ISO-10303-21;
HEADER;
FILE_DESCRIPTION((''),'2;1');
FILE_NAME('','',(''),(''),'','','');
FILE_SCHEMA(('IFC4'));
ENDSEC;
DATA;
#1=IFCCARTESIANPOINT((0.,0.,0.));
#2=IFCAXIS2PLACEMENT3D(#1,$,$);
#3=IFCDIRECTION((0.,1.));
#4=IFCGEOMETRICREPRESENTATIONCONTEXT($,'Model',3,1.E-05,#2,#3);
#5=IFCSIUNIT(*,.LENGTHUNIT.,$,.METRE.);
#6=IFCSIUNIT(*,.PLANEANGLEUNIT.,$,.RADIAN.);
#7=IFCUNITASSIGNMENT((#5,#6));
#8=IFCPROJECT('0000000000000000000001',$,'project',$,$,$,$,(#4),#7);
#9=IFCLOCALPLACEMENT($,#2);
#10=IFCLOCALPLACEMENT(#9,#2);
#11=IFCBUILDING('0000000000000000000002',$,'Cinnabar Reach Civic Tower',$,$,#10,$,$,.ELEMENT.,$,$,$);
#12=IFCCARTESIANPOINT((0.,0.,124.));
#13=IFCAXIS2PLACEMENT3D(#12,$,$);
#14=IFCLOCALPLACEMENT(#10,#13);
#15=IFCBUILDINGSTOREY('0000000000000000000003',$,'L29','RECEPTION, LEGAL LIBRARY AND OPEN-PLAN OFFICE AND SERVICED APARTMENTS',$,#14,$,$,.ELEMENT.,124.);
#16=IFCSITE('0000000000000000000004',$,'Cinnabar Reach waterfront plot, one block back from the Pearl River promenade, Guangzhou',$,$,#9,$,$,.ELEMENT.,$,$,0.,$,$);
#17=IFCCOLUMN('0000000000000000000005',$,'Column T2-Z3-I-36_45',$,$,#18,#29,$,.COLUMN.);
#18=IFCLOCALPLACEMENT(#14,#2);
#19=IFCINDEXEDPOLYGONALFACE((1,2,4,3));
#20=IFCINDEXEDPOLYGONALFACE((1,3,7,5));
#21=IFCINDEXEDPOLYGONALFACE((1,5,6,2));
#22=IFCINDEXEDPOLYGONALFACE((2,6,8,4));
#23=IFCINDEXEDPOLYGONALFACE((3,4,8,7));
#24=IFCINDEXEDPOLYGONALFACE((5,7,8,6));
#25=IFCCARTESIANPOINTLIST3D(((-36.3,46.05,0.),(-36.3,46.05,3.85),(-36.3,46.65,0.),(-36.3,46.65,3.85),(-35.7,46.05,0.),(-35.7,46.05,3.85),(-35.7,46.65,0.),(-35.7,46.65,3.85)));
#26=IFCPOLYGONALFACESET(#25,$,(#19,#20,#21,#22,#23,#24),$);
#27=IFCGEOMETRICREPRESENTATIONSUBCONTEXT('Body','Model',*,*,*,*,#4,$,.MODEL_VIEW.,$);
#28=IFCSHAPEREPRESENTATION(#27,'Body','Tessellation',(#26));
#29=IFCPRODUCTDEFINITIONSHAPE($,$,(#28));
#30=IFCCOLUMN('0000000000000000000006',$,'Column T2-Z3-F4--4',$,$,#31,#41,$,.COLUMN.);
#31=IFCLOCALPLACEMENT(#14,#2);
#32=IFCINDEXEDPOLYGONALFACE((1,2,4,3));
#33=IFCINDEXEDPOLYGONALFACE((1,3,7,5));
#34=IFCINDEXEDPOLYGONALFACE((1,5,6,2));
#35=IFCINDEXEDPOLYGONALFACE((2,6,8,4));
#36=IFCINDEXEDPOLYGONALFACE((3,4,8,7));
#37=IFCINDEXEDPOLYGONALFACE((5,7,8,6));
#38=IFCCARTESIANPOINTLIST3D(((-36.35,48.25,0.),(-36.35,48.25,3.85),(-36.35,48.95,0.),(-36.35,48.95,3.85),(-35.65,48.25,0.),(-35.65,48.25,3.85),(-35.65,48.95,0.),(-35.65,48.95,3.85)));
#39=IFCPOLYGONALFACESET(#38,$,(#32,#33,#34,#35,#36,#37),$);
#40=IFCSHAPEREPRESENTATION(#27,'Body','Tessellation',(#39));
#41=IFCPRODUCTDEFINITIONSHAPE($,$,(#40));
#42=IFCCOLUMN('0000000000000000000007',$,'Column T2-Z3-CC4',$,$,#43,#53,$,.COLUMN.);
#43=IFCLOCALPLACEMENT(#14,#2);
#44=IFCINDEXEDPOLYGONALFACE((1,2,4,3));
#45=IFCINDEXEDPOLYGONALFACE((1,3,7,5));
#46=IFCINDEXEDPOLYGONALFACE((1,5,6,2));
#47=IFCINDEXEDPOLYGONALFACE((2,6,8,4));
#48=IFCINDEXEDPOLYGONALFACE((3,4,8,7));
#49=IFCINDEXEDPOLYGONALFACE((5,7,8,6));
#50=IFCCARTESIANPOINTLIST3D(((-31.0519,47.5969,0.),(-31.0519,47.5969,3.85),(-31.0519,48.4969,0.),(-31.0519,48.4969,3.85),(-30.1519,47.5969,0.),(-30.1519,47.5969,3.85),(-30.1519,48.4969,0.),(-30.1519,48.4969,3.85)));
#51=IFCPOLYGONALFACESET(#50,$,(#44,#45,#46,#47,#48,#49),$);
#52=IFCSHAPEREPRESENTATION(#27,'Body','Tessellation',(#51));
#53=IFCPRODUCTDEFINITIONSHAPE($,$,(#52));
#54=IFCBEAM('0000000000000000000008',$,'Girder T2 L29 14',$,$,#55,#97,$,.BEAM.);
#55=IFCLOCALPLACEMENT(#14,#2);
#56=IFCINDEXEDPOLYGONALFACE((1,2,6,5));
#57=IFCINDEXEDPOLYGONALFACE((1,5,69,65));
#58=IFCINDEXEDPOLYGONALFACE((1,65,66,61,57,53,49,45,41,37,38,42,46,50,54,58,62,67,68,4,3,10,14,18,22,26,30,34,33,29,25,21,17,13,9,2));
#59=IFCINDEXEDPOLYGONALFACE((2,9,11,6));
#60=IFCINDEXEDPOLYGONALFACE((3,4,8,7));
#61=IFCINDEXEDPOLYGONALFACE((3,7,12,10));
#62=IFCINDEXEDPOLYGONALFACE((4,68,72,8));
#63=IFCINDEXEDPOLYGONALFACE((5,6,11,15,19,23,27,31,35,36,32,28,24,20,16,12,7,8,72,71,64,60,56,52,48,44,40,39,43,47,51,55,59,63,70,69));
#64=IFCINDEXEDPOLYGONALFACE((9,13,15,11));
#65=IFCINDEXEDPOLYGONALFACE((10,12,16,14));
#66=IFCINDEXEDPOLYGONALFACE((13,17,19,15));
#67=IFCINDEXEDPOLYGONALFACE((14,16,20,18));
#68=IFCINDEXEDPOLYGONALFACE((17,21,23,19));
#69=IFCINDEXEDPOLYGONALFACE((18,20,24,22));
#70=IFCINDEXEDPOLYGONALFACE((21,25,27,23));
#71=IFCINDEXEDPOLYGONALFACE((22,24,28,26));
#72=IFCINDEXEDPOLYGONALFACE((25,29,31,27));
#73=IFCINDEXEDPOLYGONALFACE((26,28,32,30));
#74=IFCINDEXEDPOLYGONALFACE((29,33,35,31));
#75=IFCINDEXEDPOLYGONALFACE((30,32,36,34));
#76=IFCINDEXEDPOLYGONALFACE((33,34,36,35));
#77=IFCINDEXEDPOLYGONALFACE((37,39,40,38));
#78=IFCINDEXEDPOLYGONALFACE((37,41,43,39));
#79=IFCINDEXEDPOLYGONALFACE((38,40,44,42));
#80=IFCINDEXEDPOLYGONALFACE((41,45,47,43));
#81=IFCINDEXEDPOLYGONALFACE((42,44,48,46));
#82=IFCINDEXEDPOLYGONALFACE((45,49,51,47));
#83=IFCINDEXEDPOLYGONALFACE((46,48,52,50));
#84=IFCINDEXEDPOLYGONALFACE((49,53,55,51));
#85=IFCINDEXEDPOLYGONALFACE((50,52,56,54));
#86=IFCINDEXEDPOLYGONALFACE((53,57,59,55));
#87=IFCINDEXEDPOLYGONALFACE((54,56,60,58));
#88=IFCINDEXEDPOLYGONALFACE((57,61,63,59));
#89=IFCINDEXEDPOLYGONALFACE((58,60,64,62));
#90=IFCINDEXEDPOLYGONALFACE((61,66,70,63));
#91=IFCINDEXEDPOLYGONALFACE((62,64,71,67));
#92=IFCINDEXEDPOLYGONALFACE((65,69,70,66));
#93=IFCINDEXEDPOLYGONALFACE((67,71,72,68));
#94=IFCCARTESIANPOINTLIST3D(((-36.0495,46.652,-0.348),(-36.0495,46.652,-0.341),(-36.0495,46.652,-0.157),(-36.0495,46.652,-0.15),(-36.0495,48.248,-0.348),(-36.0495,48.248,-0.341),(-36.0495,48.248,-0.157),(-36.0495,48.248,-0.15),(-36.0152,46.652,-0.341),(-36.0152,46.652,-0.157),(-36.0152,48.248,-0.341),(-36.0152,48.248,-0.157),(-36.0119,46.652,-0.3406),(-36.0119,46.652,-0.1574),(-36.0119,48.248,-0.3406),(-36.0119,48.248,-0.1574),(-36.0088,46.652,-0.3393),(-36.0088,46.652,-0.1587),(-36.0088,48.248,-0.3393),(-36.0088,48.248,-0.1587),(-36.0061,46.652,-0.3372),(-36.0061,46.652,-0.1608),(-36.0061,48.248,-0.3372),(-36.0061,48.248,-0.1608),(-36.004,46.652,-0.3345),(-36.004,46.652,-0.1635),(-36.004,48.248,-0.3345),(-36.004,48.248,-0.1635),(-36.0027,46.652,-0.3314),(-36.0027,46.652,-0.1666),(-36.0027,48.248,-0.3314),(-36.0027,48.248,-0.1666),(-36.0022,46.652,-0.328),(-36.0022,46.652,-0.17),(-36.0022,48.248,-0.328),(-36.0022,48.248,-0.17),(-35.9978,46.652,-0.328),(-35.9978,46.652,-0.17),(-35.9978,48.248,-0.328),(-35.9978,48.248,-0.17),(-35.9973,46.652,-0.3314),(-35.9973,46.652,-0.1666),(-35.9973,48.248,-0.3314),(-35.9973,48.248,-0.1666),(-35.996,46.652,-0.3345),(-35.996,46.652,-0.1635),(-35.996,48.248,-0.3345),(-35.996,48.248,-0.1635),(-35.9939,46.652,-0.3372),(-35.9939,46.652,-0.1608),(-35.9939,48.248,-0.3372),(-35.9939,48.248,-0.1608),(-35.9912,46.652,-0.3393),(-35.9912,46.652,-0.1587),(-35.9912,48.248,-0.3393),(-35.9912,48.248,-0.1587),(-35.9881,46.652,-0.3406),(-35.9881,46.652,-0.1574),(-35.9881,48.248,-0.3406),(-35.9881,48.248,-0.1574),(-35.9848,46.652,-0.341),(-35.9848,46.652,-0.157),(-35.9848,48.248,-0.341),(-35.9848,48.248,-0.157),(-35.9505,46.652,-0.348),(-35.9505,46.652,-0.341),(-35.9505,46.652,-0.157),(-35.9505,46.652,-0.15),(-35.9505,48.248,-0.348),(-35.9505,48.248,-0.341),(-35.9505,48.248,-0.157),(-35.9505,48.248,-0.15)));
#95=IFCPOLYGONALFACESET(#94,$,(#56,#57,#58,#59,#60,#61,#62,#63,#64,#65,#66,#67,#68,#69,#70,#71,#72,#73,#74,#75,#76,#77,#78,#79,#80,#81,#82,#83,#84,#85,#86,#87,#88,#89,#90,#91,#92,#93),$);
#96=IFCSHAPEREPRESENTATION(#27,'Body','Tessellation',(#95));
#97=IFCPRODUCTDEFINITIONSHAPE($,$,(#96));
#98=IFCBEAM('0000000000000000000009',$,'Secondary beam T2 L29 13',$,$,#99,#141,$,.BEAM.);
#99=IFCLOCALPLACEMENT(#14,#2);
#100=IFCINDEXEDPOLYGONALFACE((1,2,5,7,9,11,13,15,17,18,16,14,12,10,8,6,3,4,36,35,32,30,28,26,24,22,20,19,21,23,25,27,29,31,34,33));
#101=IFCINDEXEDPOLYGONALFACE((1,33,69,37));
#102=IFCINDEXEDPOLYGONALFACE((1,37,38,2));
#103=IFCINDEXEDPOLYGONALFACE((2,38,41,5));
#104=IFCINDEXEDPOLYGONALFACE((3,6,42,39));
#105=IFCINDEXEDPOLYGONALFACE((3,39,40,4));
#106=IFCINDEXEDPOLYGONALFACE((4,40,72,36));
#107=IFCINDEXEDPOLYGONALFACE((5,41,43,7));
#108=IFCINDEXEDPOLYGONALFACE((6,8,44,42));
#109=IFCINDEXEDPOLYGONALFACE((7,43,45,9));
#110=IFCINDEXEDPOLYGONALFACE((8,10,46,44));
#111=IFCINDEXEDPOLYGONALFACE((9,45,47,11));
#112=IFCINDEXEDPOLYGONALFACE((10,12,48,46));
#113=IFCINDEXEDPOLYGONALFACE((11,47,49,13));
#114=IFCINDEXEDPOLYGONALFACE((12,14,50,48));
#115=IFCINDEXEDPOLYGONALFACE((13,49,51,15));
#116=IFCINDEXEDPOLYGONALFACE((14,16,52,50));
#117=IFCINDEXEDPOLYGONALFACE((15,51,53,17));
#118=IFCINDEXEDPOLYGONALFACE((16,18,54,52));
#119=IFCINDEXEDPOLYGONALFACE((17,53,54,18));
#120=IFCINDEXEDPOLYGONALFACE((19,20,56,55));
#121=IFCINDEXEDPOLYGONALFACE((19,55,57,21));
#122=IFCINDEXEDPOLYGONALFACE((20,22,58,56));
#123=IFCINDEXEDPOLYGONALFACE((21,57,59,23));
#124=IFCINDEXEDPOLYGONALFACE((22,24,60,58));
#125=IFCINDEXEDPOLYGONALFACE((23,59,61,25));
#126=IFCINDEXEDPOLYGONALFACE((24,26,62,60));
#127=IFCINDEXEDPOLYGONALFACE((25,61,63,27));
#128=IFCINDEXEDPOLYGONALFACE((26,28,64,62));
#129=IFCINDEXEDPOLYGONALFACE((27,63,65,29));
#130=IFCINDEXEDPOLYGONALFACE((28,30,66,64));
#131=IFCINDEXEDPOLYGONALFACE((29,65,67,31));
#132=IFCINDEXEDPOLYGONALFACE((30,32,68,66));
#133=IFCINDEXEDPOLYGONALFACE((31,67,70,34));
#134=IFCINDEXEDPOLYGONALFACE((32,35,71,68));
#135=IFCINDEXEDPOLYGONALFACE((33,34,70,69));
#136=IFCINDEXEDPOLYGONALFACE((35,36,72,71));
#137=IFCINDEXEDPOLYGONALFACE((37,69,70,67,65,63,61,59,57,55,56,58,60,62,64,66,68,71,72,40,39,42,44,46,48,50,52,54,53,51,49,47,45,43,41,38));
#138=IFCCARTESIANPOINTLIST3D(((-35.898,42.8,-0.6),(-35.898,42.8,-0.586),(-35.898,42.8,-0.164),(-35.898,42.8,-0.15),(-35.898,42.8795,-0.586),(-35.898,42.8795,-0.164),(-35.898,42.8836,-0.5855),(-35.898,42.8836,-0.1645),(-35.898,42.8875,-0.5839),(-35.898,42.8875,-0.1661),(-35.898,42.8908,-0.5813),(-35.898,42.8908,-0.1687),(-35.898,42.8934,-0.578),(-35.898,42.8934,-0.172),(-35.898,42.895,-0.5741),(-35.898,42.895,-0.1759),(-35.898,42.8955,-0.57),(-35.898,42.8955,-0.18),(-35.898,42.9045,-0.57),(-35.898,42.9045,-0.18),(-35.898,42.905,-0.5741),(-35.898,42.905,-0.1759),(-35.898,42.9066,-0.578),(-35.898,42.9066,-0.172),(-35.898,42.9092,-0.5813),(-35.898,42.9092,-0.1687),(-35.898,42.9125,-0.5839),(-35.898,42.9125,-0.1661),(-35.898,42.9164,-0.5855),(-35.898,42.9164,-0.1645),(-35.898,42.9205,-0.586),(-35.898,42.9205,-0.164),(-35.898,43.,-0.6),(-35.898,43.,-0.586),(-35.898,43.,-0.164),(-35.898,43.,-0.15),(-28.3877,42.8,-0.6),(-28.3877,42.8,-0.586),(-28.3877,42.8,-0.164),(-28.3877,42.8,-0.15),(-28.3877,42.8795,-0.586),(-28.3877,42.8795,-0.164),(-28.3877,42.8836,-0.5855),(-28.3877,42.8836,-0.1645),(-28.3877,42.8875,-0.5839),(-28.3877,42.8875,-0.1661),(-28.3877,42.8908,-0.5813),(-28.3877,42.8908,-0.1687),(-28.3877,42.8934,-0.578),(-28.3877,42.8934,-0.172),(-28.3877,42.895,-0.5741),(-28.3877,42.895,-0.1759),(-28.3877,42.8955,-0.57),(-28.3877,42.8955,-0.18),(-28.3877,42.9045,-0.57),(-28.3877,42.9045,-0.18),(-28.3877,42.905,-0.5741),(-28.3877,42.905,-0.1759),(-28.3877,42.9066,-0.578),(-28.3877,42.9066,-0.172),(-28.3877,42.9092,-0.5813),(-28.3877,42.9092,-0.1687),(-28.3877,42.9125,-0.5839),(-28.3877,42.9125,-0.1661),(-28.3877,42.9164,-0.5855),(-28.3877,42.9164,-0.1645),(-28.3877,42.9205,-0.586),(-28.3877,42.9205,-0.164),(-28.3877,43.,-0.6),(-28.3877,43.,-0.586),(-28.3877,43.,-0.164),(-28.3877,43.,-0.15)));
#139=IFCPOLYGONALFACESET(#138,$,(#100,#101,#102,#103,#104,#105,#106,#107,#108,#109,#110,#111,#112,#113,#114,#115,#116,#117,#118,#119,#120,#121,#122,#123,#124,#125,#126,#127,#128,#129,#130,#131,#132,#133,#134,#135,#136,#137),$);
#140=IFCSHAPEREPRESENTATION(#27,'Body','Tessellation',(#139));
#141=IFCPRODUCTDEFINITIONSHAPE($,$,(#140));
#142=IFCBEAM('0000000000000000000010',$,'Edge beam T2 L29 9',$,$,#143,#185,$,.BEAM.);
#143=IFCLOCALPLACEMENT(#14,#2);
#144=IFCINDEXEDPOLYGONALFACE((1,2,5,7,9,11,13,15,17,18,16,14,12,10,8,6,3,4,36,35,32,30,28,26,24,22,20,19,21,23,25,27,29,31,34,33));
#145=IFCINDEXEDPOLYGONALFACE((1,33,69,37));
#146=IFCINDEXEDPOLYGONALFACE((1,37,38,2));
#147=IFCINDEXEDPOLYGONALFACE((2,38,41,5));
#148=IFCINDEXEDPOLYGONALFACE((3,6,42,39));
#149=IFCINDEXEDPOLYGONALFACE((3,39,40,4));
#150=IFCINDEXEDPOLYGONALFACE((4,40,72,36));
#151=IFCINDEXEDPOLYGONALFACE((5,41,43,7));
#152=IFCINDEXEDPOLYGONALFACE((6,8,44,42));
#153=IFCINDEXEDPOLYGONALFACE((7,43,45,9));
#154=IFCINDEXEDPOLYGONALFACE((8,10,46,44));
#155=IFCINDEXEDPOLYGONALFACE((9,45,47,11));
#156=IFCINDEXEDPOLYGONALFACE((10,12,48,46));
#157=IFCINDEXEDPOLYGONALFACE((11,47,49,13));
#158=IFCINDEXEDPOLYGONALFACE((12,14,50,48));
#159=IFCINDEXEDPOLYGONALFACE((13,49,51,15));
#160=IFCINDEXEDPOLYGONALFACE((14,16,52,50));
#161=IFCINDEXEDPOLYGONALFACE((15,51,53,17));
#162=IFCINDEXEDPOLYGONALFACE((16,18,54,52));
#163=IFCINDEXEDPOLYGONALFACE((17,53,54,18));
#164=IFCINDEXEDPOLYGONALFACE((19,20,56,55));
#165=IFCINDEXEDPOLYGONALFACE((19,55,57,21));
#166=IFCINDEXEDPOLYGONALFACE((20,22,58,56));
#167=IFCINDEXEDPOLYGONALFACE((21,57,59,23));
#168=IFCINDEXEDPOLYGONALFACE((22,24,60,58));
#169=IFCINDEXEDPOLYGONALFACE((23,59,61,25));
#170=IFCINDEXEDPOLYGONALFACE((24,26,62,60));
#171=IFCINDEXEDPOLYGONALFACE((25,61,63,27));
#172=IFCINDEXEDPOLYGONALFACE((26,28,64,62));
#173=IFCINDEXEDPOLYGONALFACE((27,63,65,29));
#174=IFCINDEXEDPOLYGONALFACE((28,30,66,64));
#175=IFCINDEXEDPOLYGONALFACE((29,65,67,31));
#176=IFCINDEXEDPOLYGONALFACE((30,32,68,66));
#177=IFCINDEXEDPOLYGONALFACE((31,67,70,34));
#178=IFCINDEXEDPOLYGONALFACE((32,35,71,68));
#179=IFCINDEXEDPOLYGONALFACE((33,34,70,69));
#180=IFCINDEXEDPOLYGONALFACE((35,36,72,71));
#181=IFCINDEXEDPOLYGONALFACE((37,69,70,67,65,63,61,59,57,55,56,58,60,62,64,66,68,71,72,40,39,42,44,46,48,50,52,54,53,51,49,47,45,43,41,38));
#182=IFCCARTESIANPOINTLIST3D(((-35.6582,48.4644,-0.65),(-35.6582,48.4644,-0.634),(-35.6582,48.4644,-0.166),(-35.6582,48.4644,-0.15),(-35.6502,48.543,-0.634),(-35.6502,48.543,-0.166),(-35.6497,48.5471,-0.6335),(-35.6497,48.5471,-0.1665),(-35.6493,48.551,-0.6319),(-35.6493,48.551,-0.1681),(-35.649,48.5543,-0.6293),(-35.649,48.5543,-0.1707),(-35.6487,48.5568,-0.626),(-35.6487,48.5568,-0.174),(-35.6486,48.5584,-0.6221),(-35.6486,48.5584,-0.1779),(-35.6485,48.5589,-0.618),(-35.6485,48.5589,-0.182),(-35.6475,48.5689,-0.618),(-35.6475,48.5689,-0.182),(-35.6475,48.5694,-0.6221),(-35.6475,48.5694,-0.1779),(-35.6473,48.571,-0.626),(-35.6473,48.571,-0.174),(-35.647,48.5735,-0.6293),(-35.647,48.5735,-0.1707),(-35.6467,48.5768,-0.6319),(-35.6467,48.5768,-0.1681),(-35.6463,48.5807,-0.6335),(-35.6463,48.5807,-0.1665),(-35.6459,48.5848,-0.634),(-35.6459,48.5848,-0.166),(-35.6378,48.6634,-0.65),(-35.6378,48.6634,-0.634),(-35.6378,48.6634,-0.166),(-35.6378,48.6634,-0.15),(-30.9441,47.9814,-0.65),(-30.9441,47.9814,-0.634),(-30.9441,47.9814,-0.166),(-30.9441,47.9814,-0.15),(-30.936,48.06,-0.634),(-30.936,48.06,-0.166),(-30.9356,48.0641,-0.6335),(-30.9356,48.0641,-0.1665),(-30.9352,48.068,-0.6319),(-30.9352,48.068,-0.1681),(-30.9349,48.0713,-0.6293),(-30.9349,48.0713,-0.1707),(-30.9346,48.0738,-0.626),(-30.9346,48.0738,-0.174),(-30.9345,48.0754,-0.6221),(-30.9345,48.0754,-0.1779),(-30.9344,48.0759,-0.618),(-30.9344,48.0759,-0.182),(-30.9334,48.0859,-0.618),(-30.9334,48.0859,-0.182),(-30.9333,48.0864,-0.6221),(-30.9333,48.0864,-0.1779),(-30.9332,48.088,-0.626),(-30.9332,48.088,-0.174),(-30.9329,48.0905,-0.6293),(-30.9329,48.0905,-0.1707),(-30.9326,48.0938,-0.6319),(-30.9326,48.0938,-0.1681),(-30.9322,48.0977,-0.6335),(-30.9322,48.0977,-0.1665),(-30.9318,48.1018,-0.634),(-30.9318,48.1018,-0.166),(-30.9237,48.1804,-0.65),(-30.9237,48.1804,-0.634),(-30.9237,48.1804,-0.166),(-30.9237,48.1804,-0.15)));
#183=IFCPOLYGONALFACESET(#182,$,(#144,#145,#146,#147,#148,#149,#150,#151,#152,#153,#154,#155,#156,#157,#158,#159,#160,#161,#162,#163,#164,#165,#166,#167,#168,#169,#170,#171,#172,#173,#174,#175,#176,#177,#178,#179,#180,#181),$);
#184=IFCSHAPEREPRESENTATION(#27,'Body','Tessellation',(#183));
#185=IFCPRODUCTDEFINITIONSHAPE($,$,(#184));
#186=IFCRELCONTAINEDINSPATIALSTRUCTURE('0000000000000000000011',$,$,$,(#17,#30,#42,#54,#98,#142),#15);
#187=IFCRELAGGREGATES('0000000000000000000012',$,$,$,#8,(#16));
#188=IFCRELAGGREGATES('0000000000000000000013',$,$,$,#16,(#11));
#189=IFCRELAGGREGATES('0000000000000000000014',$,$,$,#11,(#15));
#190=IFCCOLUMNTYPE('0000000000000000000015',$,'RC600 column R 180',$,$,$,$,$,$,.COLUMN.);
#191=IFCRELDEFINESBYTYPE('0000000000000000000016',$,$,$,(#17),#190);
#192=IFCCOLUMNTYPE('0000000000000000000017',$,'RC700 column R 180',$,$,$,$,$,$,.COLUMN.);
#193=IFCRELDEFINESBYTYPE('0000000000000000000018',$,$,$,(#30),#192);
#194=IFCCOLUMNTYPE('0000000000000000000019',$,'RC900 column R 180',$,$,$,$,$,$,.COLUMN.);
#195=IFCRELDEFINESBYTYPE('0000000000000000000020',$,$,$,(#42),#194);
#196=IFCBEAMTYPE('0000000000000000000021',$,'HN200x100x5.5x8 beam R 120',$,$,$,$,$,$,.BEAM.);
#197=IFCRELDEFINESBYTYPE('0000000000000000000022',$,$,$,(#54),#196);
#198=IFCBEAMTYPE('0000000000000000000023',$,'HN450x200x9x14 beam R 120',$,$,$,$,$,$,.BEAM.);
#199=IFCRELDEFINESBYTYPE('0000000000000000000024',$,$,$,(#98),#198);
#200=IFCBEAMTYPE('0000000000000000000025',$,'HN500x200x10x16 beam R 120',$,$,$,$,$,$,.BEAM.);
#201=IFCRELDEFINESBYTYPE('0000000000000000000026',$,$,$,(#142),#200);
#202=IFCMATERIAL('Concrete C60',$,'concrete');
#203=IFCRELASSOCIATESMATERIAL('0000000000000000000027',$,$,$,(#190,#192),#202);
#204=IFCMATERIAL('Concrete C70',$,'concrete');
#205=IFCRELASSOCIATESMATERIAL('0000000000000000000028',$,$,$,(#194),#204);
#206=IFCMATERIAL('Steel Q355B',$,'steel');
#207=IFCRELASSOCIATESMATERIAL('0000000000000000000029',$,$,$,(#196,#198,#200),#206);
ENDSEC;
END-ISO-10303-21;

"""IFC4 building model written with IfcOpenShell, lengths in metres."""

from ifc_helpers import new_model, si_unit, direction, frame, origin, origin_2d, place, context, subcontext, project, spatial, rectangle, i_section, extrude, material, material_profile, profile_set, type_object, element, save


model = new_model("IFC4")

# Units and contexts
model_context = context("Model", 3, precision=1e-05, world=origin(), true_north=direction((0.0, 1.0)))
body_context = subcontext(model_context, "Body", "Model", "MODEL_VIEW")
ifc_project = project(units=[si_unit("LENGTHUNIT", "METRE"), si_unit("PLANEANGLEUNIT", "RADIAN")], contexts=[model_context])

# Site, building, storey
site_placement = place(None, origin())
site = spatial("IfcSite", under=ifc_project, at=site_placement, Name="Cinnabar Reach waterfront plot, one block back from the Pearl River promenade, Guangzhou", CompositionType="ELEMENT", RefElevation=0.0)
building_placement = place(site_placement, origin())
building = spatial("IfcBuilding", under=site, at=building_placement, Name="Cinnabar Reach Civic Tower", CompositionType="ELEMENT")
storey_placement = place(building_placement, frame((0.0, 0.0, 124.0)))
storey = spatial("IfcBuildingStorey", under=building, at=storey_placement, Name="L29", Description="RECEPTION, LEGAL LIBRARY AND OPEN-PLAN OFFICE AND SERVICED APARTMENTS", CompositionType="ELEMENT", Elevation=124.0)

# Columns
ifc_material_1 = material(Name="Concrete C60", Category="concrete")
ifc_material_profile_1 = material_profile(ifc_material_1, rectangle(XDim=0.6, YDim=0.6, at=origin_2d()), Name="RC600")
ifc_profile_set_1 = profile_set([ifc_material_profile_1], Name="Concrete C60")
column_type_1 = type_object("IfcColumnType", Name="RC600 column R 180", PredefinedType="COLUMN", material=ifc_profile_set_1)
column_1_placement = place(storey_placement, frame((-36.0, 46.35, 0.0), z_axis=(0.0, 0.0, 1.0), x_axis=(1.0, 0.0, 0.0)))
element("IfcColumn", 1, at=column_1_placement, inside=storey, type_object=column_type_1, Name="Column T2-Z3-I-36_45", PredefinedType="COLUMN", context=body_context, shape_type="SweptSolid", body=[
    extrude(rectangle(XDim=0.6, YDim=0.6, at=origin_2d()), origin(), (0.0, 0.0, 1.0), 3.85),
])
ifc_material_profile_2 = material_profile(ifc_material_1, rectangle(XDim=0.7, YDim=0.7, at=origin_2d()), Name="RC700")
ifc_profile_set_2 = profile_set([ifc_material_profile_2], Name="Concrete C60")
column_type_2 = type_object("IfcColumnType", Name="RC700 column R 180", PredefinedType="COLUMN", material=ifc_profile_set_2)
column_2_placement = place(storey_placement, frame((-36.0, 48.6, 0.0), z_axis=(0.0, 0.0, 1.0), x_axis=(1.0, 0.0, 0.0)))
element("IfcColumn", 2, at=column_2_placement, inside=storey, type_object=column_type_2, Name="Column T2-Z3-F4--4", PredefinedType="COLUMN", context=body_context, shape_type="SweptSolid", body=[
    extrude(rectangle(XDim=0.7, YDim=0.7, at=origin_2d()), origin(), (0.0, 0.0, 1.0), 3.85),
])
ifc_material_2 = material(Name="Concrete C70", Category="concrete")
ifc_material_profile_3 = material_profile(ifc_material_2, rectangle(XDim=0.9, YDim=0.9, at=origin_2d()), Name="RC900")
ifc_profile_set_3 = profile_set([ifc_material_profile_3], Name="Concrete C70")
column_type_3 = type_object("IfcColumnType", Name="RC900 column R 180", PredefinedType="COLUMN", material=ifc_profile_set_3)
column_3_placement = place(storey_placement, frame((-30.6019, 48.0469, 0.0), z_axis=(0.0, 0.0, 1.0), x_axis=(1.0, 0.0, 0.0)))
element("IfcColumn", 3, at=column_3_placement, inside=storey, type_object=column_type_3, Name="Column T2-Z3-CC4", PredefinedType="COLUMN", context=body_context, shape_type="SweptSolid", body=[
    extrude(rectangle(XDim=0.9, YDim=0.9, at=origin_2d()), origin(), (0.0, 0.0, 1.0), 3.85),
])

# Beams
ifc_material_3 = material(Name="Steel Q355B", Category="steel")
ifc_material_profile_4 = material_profile(ifc_material_3, i_section(OverallWidth=0.099, OverallDepth=0.198, WebThickness=0.0045, FlangeThickness=0.007, FilletRadius=0.013, at=origin_2d()), Name="HN200x100x5.5x8")
ifc_profile_set_4 = profile_set([ifc_material_profile_4], Name="Steel Q355B")
beam_type_1 = type_object("IfcBeamType", Name="HN200x100x5.5x8 beam R 120", PredefinedType="BEAM", material=ifc_profile_set_4)
beam_1_placement = place(storey_placement, frame((-36.0, 46.652, -0.249), z_axis=(0.0, 1.0, 0.0), x_axis=(-1.0, 0.0, 0.0)))
element("IfcBeam", 4, at=beam_1_placement, inside=storey, type_object=beam_type_1, Name="Girder T2 L29 14", PredefinedType="BEAM", context=body_context, shape_type="SweptSolid", body=[
    extrude(i_section(OverallWidth=0.099, OverallDepth=0.198, WebThickness=0.0045, FlangeThickness=0.007, FilletRadius=0.013, at=origin_2d()), origin(), (0.0, 0.0, 1.0), 1.596),
])
ifc_material_profile_5 = material_profile(ifc_material_3, i_section(OverallWidth=0.2, OverallDepth=0.45, WebThickness=0.009, FlangeThickness=0.014, FilletRadius=0.016, at=origin_2d()), Name="HN450x200x9x14")
ifc_profile_set_5 = profile_set([ifc_material_profile_5], Name="Steel Q355B")
beam_type_2 = type_object("IfcBeamType", Name="HN450x200x9x14 beam R 120", PredefinedType="BEAM", material=ifc_profile_set_5)
beam_2_placement = place(storey_placement, frame((-35.898, 42.9, -0.375), z_axis=(1.0, 0.0, 0.0), x_axis=(0.0, 1.0, 0.0)))
element("IfcBeam", 5, at=beam_2_placement, inside=storey, type_object=beam_type_2, Name="Secondary beam T2 L29 13", PredefinedType="BEAM", context=body_context, shape_type="SweptSolid", body=[
    extrude(i_section(OverallWidth=0.2, OverallDepth=0.45, WebThickness=0.009, FlangeThickness=0.014, FilletRadius=0.016, at=origin_2d()), origin(), (0.0, 0.0, 1.0), 7.5103),
])
ifc_material_profile_6 = material_profile(ifc_material_3, i_section(OverallWidth=0.2, OverallDepth=0.5, WebThickness=0.01, FlangeThickness=0.016, FilletRadius=0.016, at=origin_2d()), Name="HN500x200x10x16")
ifc_profile_set_6 = profile_set([ifc_material_profile_6], Name="Steel Q355B")
beam_type_3 = type_object("IfcBeamType", Name="HN500x200x10x16 beam R 120", PredefinedType="BEAM", material=ifc_profile_set_6)
beam_3_placement = place(storey_placement, frame((-30.9339, 48.0809, -0.4), z_axis=(-0.994792, 0.101925, 0.0), x_axis=(-0.101925, -0.994792, 0.0)))
element("IfcBeam", 6, at=beam_3_placement, inside=storey, type_object=beam_type_3, Name="Edge beam T2 L29 9", PredefinedType="BEAM", context=body_context, shape_type="SweptSolid", body=[
    extrude(i_section(OverallWidth=0.2, OverallDepth=0.5, WebThickness=0.01, FlangeThickness=0.016, FilletRadius=0.016, at=origin_2d()), origin(), (0.0, 0.0, 1.0), 4.7388),
])

save(model, "model.ifc")
